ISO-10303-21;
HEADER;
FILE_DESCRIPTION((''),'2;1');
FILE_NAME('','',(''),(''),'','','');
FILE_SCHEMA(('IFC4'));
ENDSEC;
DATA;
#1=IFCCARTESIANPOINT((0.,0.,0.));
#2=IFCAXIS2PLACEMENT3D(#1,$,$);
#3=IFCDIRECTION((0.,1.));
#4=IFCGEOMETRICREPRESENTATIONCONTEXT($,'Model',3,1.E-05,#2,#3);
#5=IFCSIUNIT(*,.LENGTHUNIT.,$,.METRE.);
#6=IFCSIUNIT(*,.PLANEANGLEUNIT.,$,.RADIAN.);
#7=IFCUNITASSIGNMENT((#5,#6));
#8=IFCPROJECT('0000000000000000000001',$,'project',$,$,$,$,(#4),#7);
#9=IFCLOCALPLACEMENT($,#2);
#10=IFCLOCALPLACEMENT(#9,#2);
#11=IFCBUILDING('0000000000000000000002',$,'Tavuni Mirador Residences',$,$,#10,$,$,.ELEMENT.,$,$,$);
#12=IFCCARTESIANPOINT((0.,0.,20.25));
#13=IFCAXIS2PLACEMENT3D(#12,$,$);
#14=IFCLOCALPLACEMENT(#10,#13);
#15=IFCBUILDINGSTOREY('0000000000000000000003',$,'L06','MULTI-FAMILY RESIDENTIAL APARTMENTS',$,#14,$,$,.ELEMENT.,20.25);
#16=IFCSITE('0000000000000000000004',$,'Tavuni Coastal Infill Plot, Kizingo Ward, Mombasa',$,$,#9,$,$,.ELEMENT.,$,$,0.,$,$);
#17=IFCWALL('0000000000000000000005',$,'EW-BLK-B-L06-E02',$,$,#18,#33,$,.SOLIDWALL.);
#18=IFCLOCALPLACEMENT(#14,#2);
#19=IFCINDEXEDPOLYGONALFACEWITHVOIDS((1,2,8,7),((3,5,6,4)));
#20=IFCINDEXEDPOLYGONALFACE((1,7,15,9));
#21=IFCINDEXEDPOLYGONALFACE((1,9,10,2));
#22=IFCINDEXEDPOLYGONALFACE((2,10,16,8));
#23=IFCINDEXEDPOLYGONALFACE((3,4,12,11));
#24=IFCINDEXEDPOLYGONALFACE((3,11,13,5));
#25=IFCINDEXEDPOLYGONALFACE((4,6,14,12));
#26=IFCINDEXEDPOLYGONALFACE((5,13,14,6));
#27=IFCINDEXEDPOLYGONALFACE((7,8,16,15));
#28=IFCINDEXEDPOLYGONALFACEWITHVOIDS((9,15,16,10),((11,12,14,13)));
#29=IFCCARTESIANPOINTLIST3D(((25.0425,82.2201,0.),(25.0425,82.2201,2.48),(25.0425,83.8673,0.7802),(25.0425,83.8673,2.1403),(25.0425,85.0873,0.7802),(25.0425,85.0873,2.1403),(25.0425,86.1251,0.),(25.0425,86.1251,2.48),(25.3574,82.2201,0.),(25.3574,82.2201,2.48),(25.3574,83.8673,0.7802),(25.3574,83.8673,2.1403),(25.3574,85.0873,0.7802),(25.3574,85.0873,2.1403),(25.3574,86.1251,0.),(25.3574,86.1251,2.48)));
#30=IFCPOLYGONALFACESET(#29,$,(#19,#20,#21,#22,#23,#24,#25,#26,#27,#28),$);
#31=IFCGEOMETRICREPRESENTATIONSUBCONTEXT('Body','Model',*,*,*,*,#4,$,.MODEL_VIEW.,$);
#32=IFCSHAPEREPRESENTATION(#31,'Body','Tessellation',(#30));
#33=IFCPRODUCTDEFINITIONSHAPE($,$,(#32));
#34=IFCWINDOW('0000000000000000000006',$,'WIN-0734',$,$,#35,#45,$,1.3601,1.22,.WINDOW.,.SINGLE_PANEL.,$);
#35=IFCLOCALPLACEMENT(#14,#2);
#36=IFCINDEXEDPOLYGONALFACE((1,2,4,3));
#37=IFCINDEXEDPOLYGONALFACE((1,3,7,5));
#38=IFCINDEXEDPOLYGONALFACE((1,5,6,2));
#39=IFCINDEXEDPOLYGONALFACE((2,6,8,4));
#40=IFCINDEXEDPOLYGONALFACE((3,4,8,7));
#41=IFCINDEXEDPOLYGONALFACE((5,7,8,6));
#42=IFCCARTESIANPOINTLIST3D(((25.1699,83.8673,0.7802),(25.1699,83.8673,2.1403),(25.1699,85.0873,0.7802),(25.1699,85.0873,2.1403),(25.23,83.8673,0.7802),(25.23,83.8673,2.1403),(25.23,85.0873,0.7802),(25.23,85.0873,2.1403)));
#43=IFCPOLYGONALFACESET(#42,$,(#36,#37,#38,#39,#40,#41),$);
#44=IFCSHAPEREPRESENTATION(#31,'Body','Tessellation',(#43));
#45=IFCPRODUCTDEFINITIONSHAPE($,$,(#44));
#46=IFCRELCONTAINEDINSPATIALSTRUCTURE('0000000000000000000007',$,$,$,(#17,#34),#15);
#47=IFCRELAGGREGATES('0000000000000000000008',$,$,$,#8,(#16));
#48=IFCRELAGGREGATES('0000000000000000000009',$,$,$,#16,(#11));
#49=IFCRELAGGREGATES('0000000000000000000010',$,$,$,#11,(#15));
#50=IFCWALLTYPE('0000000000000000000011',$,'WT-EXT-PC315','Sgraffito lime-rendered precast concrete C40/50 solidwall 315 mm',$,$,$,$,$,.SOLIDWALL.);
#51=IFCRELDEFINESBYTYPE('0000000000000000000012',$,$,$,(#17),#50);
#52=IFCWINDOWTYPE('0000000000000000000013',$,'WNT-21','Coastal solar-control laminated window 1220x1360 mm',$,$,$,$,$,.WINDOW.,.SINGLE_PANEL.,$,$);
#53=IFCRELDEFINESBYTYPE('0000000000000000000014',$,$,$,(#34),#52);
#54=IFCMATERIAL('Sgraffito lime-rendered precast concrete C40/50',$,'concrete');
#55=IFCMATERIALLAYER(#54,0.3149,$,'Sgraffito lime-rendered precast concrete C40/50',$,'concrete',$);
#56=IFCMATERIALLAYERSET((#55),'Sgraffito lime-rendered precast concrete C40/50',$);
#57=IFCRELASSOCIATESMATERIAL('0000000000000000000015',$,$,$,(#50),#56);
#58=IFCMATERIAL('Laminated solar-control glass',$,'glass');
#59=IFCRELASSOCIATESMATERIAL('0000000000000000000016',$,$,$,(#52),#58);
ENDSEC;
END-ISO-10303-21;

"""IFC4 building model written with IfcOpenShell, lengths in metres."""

from ifc_helpers import new_model, si_unit, direction, frame, frame_2d, origin, place, context, subcontext, project, spatial, rectangle, extrude, material, layer, layer_set, type_object, element, fill, save


model = new_model("IFC4")

# Units and contexts
model_context = context("Model", 3, precision=1e-05, world=origin(), true_north=direction((0.0, 1.0)))
body_context = subcontext(model_context, "Body", "Model", "MODEL_VIEW")
ifc_project = project(units=[si_unit("LENGTHUNIT", "METRE"), si_unit("PLANEANGLEUNIT", "RADIAN")], contexts=[model_context])

# Site, building, storey
site_placement = place(None, origin())
site = spatial("IfcSite", under=ifc_project, at=site_placement, Name="Tavuni Coastal Infill Plot, Kizingo Ward, Mombasa", CompositionType="ELEMENT", RefElevation=0.0)
building_placement = place(site_placement, origin())
building = spatial("IfcBuilding", under=site, at=building_placement, Name="Tavuni Mirador Residences", CompositionType="ELEMENT")
storey_placement = place(building_placement, frame((0.0, 0.0, 20.25)))
storey = spatial("IfcBuildingStorey", under=building, at=storey_placement, Name="L06", Description="MULTI-FAMILY RESIDENTIAL APARTMENTS", CompositionType="ELEMENT", Elevation=20.25)

# Shared definitions
ifc_material_1 = material(Name="Laminated solar-control glass", Category="glass")

# Wall, opening, window
ifc_material_2 = material(Name="Sgraffito lime-rendered precast concrete C40/50", Category="concrete")
ifc_layer_1 = layer(ifc_material_2, 0.3149, Name="Sgraffito lime-rendered precast concrete C40/50", Category="concrete")
ifc_layer_set_1 = layer_set([ifc_layer_1], Name="Sgraffito lime-rendered precast concrete C40/50")
wall_type = type_object("IfcWallType", Name="WT-EXT-PC315", Description="Sgraffito lime-rendered precast concrete C40/50 solidwall 315 mm", PredefinedType="SOLIDWALL", material=ifc_layer_set_1)
wall_placement = place(storey_placement, frame((25.2, 82.22, 0.0), z_axis=(0.0, 0.0, 1.0), x_axis=(0.0, 1.0, 0.0)))
wall = element("IfcWall", 1, at=wall_placement, inside=storey, type_object=wall_type, Name="EW-BLK-B-L06-E02", PredefinedType="SOLIDWALL", context=body_context, shape_type="SweptSolid", body=[
    extrude(rectangle(XDim=3.905, YDim=0.3149, at=frame_2d((1.9526, 0.0))), origin(), (0.0, 0.0, 1.0), 2.48),
])
opening_placement = place(wall_placement, frame((1.6475, 0.0, 0.78)))
opening = element("IfcOpeningElement", 2, at=opening_placement, cuts=wall, PredefinedType="OPENING", context=body_context, shape_type="SweptSolid", body=[
    extrude(rectangle(XDim=1.22, YDim=1.3601, at=frame_2d((0.6099, 0.6802))), frame((0.0, 0.1675, 0.0), z_axis=(0.0, -1.0, 0.0), x_axis=(1.0, 0.0, 0.0)), (0.0, 0.0, 1.0), 0.335),
])
window_type = type_object("IfcWindowType", Name="WNT-21", Description="Coastal solar-control laminated window 1220x1360 mm", PartitioningType="SINGLE_PANEL", PredefinedType="WINDOW", material=ifc_material_1)
window_placement = place(opening_placement, origin())
window = element("IfcWindow", 3, at=window_placement, inside=storey, type_object=window_type, Name="WIN-0734", OverallHeight=1.3601, OverallWidth=1.22, PartitioningType="SINGLE_PANEL", PredefinedType="WINDOW", context=body_context, shape_type="SweptSolid", body=[
    extrude(rectangle(XDim=1.22, YDim=1.3601, at=frame_2d((0.6099, 0.6802))), frame((0.0, 0.03, 0.0), z_axis=(0.0, -1.0, 0.0), x_axis=(1.0, 0.0, 0.0)), (0.0, 0.0, 1.0), 0.0601),
])
fill(opening, window)

save(model, "model.ifc")
